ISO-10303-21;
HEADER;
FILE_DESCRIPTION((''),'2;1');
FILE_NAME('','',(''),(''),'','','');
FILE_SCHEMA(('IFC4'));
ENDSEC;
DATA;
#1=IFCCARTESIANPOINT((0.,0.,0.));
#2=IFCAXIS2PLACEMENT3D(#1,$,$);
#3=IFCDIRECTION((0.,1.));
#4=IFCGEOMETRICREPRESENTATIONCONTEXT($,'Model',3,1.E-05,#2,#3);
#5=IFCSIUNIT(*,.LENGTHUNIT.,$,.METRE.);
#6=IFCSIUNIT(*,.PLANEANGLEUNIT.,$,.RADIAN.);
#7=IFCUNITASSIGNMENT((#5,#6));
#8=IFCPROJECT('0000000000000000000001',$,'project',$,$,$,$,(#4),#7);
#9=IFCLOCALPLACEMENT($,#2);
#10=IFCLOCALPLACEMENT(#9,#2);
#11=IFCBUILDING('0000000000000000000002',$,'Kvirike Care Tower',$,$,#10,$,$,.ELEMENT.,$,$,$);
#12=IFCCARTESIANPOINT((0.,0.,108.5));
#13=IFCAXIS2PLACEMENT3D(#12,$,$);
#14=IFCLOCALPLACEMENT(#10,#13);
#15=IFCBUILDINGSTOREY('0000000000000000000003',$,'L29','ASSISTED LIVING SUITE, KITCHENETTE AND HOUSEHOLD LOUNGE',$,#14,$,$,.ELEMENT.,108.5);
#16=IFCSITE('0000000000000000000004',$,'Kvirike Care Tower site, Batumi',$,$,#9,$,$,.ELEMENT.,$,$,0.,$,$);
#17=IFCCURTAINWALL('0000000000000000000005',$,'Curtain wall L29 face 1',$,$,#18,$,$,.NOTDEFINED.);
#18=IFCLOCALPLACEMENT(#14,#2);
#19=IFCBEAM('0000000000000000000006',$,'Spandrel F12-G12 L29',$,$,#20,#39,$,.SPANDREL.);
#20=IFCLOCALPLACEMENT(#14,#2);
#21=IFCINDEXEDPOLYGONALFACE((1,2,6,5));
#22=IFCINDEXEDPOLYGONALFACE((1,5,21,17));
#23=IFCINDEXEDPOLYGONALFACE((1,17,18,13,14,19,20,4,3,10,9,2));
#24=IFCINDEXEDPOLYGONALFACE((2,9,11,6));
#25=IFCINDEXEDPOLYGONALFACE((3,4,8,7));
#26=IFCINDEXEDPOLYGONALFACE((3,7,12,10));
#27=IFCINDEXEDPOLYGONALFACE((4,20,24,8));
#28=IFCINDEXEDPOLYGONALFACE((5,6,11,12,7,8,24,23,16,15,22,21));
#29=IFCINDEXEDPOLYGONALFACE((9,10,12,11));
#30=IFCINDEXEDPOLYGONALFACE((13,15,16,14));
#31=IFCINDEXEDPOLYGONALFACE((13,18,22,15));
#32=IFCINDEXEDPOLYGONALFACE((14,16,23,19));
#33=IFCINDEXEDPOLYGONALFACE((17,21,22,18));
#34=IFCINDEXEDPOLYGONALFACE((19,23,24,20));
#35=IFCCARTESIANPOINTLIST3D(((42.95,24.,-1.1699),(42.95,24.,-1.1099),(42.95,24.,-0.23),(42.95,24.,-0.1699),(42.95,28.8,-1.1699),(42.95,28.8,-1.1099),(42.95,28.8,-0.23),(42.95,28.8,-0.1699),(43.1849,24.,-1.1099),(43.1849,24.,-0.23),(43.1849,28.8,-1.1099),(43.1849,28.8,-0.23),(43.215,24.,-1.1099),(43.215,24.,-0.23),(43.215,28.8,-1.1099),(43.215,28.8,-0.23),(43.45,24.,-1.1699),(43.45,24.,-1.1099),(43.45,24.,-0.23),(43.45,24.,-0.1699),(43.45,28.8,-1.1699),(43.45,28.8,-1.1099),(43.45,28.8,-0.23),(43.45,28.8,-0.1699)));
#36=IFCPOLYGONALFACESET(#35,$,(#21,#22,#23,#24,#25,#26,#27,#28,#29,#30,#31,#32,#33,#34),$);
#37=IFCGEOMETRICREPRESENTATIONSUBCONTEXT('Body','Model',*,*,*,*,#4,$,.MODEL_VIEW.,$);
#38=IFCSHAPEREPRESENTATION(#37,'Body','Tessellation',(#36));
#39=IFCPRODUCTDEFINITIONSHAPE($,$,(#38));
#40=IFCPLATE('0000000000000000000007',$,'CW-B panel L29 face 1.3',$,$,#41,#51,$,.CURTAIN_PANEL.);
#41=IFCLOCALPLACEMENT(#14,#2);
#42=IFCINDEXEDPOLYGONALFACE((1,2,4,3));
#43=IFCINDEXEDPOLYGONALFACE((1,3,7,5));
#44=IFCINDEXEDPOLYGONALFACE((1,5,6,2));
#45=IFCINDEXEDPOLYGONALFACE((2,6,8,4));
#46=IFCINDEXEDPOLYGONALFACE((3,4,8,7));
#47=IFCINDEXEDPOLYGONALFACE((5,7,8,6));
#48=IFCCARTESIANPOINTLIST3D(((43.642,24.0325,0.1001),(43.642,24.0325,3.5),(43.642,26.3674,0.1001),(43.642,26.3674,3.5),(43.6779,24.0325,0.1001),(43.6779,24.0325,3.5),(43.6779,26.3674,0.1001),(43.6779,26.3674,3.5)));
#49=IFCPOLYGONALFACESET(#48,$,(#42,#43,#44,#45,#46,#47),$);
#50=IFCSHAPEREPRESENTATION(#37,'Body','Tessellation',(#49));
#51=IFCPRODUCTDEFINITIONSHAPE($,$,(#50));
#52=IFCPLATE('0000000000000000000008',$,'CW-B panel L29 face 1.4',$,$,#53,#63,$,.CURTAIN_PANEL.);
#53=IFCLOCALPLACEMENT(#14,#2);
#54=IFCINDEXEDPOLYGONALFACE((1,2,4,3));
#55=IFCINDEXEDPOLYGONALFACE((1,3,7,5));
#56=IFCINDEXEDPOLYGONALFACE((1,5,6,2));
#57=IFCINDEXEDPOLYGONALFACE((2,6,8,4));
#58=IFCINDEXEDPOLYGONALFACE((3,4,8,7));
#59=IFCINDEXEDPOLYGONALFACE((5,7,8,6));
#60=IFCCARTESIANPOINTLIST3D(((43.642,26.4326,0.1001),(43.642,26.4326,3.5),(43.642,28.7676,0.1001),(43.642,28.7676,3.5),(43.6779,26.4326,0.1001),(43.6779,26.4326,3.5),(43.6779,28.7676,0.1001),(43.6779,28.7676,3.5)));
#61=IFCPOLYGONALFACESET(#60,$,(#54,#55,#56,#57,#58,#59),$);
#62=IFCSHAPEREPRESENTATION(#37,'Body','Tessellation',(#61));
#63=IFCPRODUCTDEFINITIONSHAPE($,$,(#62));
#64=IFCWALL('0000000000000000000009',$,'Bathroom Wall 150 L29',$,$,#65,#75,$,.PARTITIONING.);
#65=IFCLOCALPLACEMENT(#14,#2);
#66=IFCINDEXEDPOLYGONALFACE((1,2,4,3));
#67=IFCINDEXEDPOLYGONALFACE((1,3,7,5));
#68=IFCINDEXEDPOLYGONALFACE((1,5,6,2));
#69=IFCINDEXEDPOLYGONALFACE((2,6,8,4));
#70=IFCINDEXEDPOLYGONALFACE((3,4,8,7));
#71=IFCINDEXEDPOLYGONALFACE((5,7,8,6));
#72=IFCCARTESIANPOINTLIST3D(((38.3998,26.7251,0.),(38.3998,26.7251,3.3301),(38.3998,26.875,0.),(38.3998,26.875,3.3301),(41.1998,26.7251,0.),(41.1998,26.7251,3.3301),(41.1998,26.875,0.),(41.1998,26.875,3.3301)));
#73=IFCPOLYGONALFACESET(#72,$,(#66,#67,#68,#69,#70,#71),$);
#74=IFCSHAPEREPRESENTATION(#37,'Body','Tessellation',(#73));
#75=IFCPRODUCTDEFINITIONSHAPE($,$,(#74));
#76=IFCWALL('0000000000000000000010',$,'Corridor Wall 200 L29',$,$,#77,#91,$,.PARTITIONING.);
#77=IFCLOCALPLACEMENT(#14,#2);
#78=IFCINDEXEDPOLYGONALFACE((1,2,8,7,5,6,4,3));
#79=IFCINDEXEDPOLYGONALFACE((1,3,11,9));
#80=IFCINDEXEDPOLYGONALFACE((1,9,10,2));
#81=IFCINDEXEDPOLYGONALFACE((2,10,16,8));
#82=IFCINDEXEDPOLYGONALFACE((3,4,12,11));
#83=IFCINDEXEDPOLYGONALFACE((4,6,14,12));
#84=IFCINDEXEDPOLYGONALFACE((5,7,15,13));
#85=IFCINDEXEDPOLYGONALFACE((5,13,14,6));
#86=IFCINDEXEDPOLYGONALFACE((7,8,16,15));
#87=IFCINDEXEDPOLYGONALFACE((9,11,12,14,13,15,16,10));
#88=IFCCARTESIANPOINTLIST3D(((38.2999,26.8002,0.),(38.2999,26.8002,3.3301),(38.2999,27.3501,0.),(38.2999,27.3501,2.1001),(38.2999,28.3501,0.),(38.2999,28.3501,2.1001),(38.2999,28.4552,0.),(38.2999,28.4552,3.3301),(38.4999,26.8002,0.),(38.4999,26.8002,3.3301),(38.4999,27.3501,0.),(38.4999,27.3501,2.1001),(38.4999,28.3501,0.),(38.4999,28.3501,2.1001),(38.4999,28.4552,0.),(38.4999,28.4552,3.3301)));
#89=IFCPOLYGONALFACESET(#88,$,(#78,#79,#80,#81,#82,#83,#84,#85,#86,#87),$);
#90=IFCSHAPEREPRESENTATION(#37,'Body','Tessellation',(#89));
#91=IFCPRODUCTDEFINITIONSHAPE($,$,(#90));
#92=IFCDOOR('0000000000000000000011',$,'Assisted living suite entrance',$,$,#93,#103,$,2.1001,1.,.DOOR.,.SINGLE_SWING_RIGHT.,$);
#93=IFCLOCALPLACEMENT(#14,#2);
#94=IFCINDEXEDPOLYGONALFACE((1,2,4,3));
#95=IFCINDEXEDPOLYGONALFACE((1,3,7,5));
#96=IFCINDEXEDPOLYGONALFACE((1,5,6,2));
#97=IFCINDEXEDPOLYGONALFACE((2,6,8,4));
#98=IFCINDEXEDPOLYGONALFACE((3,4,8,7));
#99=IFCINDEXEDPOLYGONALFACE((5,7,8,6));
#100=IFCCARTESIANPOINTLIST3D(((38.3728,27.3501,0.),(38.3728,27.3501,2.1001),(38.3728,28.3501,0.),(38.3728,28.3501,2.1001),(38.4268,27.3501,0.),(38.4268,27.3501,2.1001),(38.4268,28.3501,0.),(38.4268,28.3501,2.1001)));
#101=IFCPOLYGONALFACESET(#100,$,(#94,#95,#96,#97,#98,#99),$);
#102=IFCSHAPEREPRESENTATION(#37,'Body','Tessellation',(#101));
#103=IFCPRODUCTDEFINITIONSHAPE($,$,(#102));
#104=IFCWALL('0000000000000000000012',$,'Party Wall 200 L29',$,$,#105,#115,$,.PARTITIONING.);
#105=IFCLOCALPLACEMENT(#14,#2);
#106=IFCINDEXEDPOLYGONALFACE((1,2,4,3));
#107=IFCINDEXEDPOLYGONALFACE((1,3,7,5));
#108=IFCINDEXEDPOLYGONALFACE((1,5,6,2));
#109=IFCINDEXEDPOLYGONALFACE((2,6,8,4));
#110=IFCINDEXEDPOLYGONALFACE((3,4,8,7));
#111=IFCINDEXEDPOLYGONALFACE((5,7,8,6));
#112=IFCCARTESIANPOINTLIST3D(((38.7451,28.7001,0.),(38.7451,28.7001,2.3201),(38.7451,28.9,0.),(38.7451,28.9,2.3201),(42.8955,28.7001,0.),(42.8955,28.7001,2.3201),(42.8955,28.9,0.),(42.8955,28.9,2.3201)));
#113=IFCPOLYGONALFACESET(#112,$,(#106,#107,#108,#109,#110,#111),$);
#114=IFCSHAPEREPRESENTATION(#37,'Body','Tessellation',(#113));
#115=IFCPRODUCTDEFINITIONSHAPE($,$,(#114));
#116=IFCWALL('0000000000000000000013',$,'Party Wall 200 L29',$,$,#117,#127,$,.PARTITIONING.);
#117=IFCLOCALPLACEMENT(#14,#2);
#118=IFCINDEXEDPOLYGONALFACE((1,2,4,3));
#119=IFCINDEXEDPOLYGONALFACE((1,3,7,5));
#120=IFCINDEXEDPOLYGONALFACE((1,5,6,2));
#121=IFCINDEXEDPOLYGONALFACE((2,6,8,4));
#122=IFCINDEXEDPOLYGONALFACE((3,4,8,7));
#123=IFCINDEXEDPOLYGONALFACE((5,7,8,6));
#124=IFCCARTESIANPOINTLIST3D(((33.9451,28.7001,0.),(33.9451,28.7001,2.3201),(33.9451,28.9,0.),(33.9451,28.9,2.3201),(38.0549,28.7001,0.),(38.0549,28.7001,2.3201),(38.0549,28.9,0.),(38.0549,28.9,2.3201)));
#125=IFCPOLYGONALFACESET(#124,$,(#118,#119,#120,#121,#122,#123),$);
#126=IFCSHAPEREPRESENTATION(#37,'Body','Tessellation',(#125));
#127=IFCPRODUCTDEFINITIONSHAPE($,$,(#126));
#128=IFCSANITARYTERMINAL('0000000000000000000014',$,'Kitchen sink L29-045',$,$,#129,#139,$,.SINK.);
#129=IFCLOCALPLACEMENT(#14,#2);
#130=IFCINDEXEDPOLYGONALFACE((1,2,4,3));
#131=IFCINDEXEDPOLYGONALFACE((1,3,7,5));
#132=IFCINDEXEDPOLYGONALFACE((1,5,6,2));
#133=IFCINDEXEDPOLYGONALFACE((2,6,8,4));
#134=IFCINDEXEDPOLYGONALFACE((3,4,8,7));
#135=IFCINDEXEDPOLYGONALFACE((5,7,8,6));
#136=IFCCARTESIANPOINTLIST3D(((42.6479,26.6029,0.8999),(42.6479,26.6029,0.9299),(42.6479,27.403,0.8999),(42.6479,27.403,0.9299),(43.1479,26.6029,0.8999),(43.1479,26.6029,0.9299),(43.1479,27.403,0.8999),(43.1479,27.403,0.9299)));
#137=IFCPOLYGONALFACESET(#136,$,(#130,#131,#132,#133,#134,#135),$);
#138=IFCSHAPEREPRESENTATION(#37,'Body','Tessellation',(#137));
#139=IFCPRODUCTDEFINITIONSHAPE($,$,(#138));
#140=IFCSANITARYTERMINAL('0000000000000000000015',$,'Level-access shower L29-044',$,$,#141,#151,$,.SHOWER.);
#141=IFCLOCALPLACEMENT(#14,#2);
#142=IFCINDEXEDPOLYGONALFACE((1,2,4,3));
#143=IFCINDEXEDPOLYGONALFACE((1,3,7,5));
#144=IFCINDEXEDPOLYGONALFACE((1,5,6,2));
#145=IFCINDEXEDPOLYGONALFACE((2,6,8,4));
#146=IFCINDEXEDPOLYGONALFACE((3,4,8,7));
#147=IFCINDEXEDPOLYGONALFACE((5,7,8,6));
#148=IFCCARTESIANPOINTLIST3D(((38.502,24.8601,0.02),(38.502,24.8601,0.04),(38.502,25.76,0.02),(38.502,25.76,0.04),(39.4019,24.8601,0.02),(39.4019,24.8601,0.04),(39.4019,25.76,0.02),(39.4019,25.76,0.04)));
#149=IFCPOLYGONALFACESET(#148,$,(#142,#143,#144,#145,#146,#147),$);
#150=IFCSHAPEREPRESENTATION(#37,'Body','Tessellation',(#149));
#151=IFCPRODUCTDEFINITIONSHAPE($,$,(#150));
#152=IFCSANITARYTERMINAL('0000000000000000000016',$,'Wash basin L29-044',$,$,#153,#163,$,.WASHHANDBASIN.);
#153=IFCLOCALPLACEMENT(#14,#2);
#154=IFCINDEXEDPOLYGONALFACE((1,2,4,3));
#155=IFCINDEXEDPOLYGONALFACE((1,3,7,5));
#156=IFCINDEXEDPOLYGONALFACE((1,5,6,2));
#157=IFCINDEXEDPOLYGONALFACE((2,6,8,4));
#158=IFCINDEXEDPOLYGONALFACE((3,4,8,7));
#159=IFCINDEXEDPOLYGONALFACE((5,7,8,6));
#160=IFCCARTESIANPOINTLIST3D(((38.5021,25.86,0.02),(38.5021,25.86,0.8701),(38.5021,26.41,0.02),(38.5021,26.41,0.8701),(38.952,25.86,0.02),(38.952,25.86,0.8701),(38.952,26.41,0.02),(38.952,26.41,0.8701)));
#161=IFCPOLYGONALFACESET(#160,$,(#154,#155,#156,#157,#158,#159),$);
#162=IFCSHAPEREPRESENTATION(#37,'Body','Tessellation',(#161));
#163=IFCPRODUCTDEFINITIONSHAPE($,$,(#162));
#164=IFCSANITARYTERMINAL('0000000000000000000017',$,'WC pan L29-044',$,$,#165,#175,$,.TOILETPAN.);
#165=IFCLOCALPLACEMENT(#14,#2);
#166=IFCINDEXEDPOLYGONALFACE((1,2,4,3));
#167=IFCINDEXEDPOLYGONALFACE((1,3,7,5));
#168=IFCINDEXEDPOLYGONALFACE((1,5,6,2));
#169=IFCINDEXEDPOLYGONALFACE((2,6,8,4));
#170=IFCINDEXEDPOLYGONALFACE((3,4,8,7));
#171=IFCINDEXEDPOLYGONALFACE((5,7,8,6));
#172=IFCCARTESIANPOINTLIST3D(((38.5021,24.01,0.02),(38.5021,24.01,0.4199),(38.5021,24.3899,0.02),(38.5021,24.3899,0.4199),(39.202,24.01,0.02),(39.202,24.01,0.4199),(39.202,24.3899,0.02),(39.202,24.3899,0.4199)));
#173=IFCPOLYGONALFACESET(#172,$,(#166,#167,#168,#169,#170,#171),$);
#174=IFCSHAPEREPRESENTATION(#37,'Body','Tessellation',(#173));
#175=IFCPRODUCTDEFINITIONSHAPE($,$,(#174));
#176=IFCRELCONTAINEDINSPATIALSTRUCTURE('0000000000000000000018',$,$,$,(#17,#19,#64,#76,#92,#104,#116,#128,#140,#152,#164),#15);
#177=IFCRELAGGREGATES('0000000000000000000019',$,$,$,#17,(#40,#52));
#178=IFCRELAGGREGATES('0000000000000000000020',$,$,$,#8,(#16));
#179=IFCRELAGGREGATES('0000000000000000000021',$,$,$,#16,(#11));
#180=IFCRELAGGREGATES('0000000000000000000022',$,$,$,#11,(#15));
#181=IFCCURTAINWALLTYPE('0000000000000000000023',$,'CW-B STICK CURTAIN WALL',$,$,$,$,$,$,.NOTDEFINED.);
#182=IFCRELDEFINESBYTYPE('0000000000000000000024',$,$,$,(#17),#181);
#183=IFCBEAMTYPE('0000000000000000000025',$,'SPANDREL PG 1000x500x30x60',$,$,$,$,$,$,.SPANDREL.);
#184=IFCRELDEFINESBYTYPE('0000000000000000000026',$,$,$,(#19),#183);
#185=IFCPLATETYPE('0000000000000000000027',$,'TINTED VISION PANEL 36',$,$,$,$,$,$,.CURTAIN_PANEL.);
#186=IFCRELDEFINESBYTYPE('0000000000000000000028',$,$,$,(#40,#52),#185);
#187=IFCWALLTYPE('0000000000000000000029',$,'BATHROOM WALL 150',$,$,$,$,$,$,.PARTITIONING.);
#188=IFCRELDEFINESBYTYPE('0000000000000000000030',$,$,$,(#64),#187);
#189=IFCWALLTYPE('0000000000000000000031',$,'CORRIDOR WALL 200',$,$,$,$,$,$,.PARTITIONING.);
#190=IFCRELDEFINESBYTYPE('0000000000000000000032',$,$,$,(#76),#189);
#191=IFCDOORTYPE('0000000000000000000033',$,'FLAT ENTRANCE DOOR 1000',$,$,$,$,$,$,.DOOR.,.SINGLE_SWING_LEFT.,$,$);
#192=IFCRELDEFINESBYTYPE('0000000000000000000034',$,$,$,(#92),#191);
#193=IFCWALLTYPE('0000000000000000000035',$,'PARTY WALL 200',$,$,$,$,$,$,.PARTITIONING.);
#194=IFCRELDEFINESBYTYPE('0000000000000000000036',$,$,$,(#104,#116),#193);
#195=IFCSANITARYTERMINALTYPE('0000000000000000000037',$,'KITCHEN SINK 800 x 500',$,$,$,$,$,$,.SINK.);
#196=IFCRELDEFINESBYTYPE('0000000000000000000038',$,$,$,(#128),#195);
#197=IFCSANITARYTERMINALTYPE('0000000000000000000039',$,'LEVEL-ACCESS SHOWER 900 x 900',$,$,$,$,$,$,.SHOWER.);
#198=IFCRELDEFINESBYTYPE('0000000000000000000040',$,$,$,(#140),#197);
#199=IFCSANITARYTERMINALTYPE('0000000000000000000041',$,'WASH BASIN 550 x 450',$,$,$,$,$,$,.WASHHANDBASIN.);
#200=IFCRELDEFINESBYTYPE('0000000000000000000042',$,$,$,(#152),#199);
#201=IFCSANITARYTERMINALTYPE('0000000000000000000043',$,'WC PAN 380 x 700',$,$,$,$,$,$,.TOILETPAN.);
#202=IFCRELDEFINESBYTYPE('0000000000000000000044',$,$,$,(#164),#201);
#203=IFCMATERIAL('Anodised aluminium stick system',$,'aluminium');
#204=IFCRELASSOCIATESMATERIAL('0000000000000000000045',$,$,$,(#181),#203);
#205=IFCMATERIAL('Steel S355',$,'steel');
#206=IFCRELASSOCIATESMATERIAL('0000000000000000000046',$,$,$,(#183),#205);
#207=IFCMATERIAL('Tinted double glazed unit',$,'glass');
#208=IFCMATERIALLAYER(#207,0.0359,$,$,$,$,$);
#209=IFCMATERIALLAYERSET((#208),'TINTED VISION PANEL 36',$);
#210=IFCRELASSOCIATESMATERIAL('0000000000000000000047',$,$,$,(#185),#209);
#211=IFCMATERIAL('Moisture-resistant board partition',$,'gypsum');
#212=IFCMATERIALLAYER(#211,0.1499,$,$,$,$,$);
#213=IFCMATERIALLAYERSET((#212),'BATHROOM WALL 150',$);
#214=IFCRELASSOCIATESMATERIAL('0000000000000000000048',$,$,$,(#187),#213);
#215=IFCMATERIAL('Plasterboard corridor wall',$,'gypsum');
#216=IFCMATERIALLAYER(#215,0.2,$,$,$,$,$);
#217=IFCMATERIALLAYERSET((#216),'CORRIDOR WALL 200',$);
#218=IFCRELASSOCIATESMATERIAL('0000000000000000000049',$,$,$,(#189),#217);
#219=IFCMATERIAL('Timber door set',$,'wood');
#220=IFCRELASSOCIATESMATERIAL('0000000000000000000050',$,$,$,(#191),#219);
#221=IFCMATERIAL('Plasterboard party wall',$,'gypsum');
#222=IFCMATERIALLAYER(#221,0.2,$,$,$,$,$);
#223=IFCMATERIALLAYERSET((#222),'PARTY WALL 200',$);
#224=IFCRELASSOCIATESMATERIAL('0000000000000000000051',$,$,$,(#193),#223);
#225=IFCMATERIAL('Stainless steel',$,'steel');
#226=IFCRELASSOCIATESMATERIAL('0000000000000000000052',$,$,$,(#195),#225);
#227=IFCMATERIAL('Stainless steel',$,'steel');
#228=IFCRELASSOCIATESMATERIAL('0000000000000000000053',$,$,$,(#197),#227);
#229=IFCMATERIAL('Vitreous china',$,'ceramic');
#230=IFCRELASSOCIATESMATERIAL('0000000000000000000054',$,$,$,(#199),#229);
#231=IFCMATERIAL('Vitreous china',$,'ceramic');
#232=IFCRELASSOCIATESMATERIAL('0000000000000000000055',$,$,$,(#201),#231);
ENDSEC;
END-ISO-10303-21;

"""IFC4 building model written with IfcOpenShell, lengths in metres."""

from ifc_helpers import new_model, si_unit, direction, frame, frame_2d, origin, origin_2d, place, context, subcontext, project, spatial, rectangle, i_section, extrude, material, layer, layer_set, material_profile, profile_set, type_object, element, fill, aggregate, save


model = new_model("IFC4")

# Units and contexts
model_context = context("Model", 3, precision=1e-05, world=origin(), true_north=direction((0.0, 1.0)))
body_context = subcontext(model_context, "Body", "Model", "MODEL_VIEW")
ifc_project = project(units=[si_unit("LENGTHUNIT", "METRE"), si_unit("PLANEANGLEUNIT", "RADIAN")], contexts=[model_context])

# Site, building, storey
site_placement = place(None, origin())
site = spatial("IfcSite", under=ifc_project, at=site_placement, Name="Kvirike Care Tower site, Batumi", CompositionType="ELEMENT", RefElevation=0.0)
building_placement = place(site_placement, origin())
building = spatial("IfcBuilding", under=site, at=building_placement, Name="Kvirike Care Tower", CompositionType="ELEMENT")
storey_placement = place(building_placement, frame((0.0, 0.0, 108.5)))
storey = spatial("IfcBuildingStorey", under=building, at=storey_placement, Name="L29", Description="ASSISTED LIVING SUITE, KITCHENETTE AND HOUSEHOLD LOUNGE", CompositionType="ELEMENT", Elevation=108.5)

# Curtain wall
ifc_material_1 = material(Name="Anodised aluminium stick system", Category="aluminium")
curtain_wall_type = type_object("IfcCurtainWallType", Name="CW-B STICK CURTAIN WALL", PredefinedType="NOTDEFINED", material=ifc_material_1)
curtain_wall_placement = place(storey_placement, origin())
curtain_wall = element("IfcCurtainWall", 1, at=curtain_wall_placement, inside=storey, type_object=curtain_wall_type, Name="Curtain wall L29 face 1", PredefinedType="NOTDEFINED")

# Beam
ifc_material_2 = material(Name="Steel S355", Category="steel")
ifc_material_profile_1 = material_profile(ifc_material_2, i_section(OverallWidth=0.5, OverallDepth=1.0, WebThickness=0.03, FlangeThickness=0.0601, at=origin_2d()), Name="PG 1000x500x30x60")
ifc_profile_set_1 = profile_set([ifc_material_profile_1], Name="Steel S355")
beam_type_1 = type_object("IfcBeamType", Name="SPANDREL PG 1000x500x30x60", PredefinedType="SPANDREL", material=ifc_profile_set_1)
beam_1_placement = place(storey_placement, frame((43.2, 24.0, -0.6699), z_axis=(0.0, 1.0, 0.0), x_axis=(-1.0, 0.0, 0.0)))
element("IfcBeam", 2, at=beam_1_placement, inside=storey, type_object=beam_type_1, Name="Spandrel F12-G12 L29", PredefinedType="SPANDREL", context=body_context, shape_type="SweptSolid", body=[
    extrude(i_section(OverallWidth=0.5, OverallDepth=1.0, WebThickness=0.03, FlangeThickness=0.0601, at=origin_2d()), origin(), (0.0, 0.0, 1.0), 4.8),
])

# Plates
ifc_material_3 = material(Name="Tinted double glazed unit", Category="glass")
ifc_layer_1 = layer(ifc_material_3, 0.0359)
ifc_layer_set_1 = layer_set([ifc_layer_1], Name="TINTED VISION PANEL 36")
plate_type = type_object("IfcPlateType", Name="TINTED VISION PANEL 36", PredefinedType="CURTAIN_PANEL", material=ifc_layer_set_1)
plate_1_placement = place(storey_placement, frame((43.6599, 25.2, 0.1001), z_axis=(0.0, 0.0, 1.0), x_axis=(0.0, 1.0, 0.0)))
plate_1 = element("IfcPlate", 3, at=plate_1_placement, type_object=plate_type, Name="CW-B panel L29 face 1.3", PredefinedType="CURTAIN_PANEL", context=body_context, shape_type="SweptSolid", body=[
    extrude(rectangle(XDim=2.335, YDim=0.0359, at=origin_2d()), origin(), (0.0, 0.0, 1.0), 3.3999),
])
plate_2_placement = place(storey_placement, frame((43.6599, 27.6001, 0.1001), z_axis=(0.0, 0.0, 1.0), x_axis=(0.0, 1.0, 0.0)))
plate_2 = element("IfcPlate", 4, at=plate_2_placement, type_object=plate_type, Name="CW-B panel L29 face 1.4", PredefinedType="CURTAIN_PANEL", context=body_context, shape_type="SweptSolid", body=[
    extrude(rectangle(XDim=2.335, YDim=0.0359, at=origin_2d()), origin(), (0.0, 0.0, 1.0), 3.3999),
])
aggregate(curtain_wall, [plate_1, plate_2])

# Wall
ifc_material_4 = material(Name="Moisture-resistant board partition", Category="gypsum")
ifc_layer_2 = layer(ifc_material_4, 0.1499)
ifc_layer_set_2 = layer_set([ifc_layer_2], Name="BATHROOM WALL 150")
wall_type_1 = type_object("IfcWallType", Name="BATHROOM WALL 150", PredefinedType="PARTITIONING", material=ifc_layer_set_2)
wall_1_placement = place(storey_placement, frame((38.3999, 26.8, 0.0), z_axis=(0.0, 0.0, 1.0), x_axis=(1.0, 0.0, 0.0)))
element("IfcWall", 5, at=wall_1_placement, inside=storey, type_object=wall_type_1, Name="Bathroom Wall 150 L29", PredefinedType="PARTITIONING", context=body_context, shape_type="SweptSolid", body=[
    extrude(rectangle(XDim=2.8, YDim=0.1499, at=frame_2d((1.3999, 0.0))), origin(), (0.0, 0.0, 1.0), 3.3301),
])

# Wall, opening, door
ifc_material_5 = material(Name="Plasterboard corridor wall", Category="gypsum")
ifc_layer_3 = layer(ifc_material_5, 0.2)
ifc_layer_set_3 = layer_set([ifc_layer_3], Name="CORRIDOR WALL 200")
wall_type_2 = type_object("IfcWallType", Name="CORRIDOR WALL 200", PredefinedType="PARTITIONING", material=ifc_layer_set_3)
wall_2_placement = place(storey_placement, frame((38.3999, 26.8, 0.0), z_axis=(0.0, 0.0, 1.0), x_axis=(0.0, 1.0, 0.0)))
wall_2 = element("IfcWall", 6, at=wall_2_placement, inside=storey, type_object=wall_type_2, Name="Corridor Wall 200 L29", PredefinedType="PARTITIONING", context=body_context, shape_type="SweptSolid", body=[
    extrude(rectangle(XDim=1.655, YDim=0.2, at=frame_2d((0.8276, 0.0))), origin(), (0.0, 0.0, 1.0), 3.3301),
])
opening_placement = place(wall_2_placement, frame((0.55, 0.0, 0.0)))
opening = element("IfcOpeningElement", 7, at=opening_placement, cuts=wall_2, PredefinedType="OPENING", context=body_context, shape_type="SweptSolid", body=[
    extrude(rectangle(XDim=1.0, YDim=2.1001, at=frame_2d((0.5, 1.05))), frame((0.0, 0.1106, 0.0), z_axis=(0.0, -1.0, 0.0), x_axis=(1.0, 0.0, 0.0)), (0.0, 0.0, 1.0), 0.2209),
])
ifc_material_6 = material(Name="Timber door set", Category="wood")
door_type = type_object("IfcDoorType", Name="FLAT ENTRANCE DOOR 1000", OperationType="SINGLE_SWING_LEFT", PredefinedType="DOOR", material=ifc_material_6)
door_placement = place(opening_placement, frame((1.0, 0.0, 0.0), z_axis=(0.0, 0.0, 1.0), x_axis=(-1.0, 0.0, 0.0)))
door = element("IfcDoor", 8, at=door_placement, inside=storey, type_object=door_type, Name="Assisted living suite entrance", OperationType="SINGLE_SWING_RIGHT", OverallHeight=2.1001, OverallWidth=1.0, PredefinedType="DOOR", context=body_context, shape_type="SweptSolid", body=[
    extrude(rectangle(XDim=1.0, YDim=2.1001, at=frame_2d((0.5, 1.05))), frame((0.0, 0.0269, 0.0), z_axis=(0.0, -1.0, 0.0), x_axis=(1.0, 0.0, 0.0)), (0.0, 0.0, 1.0), 0.054),
])
fill(opening, door)

# Walls
ifc_material_7 = material(Name="Plasterboard party wall", Category="gypsum")
ifc_layer_4 = layer(ifc_material_7, 0.2)
ifc_layer_set_4 = layer_set([ifc_layer_4], Name="PARTY WALL 200")
wall_type_3 = type_object("IfcWallType", Name="PARTY WALL 200", PredefinedType="PARTITIONING", material=ifc_layer_set_4)
wall_3_placement = place(storey_placement, frame((42.8955, 28.8, 0.0), z_axis=(0.0, 0.0, 1.0), x_axis=(-1.0, 0.0, 0.0)))
element("IfcWall", 9, at=wall_3_placement, inside=storey, type_object=wall_type_3, Name="Party Wall 200 L29", PredefinedType="PARTITIONING", context=body_context, shape_type="SweptSolid", body=[
    extrude(rectangle(XDim=4.1504, YDim=0.2, at=frame_2d((2.0752, 0.0))), origin(), (0.0, 0.0, 1.0), 2.3201),
])
wall_4_placement = place(storey_placement, frame((38.0549, 28.8, 0.0), z_axis=(0.0, 0.0, 1.0), x_axis=(-1.0, 0.0, 0.0)))
element("IfcWall", 10, at=wall_4_placement, inside=storey, type_object=wall_type_3, Name="Party Wall 200 L29", PredefinedType="PARTITIONING", context=body_context, shape_type="SweptSolid", body=[
    extrude(rectangle(XDim=4.1099, YDim=0.2, at=frame_2d((2.0549, 0.0))), origin(), (0.0, 0.0, 1.0), 2.3201),
])

# Sanitary terminals
ifc_material_8 = material(Name="Stainless steel", Category="steel")
sanitary_terminal_type_1 = type_object("IfcSanitaryTerminalType", Name="KITCHEN SINK 800 x 500", PredefinedType="SINK", material=ifc_material_8)
sanitary_terminal_1_placement = place(storey_placement, frame((42.8979, 27.0029, 0.8999), z_axis=(0.0, 0.0, 1.0), x_axis=(0.0, -1.0, 0.0)))
element("IfcSanitaryTerminal", 11, at=sanitary_terminal_1_placement, inside=storey, type_object=sanitary_terminal_type_1, Name="Kitchen sink L29-045", PredefinedType="SINK", context=body_context, shape_type="SweptSolid", body=[
    extrude(rectangle(XDim=0.8, YDim=0.5, at=origin_2d()), origin(), (0.0, 0.0, 1.0), 0.03),
])
ifc_material_9 = material(Name="Stainless steel", Category="steel")
sanitary_terminal_type_2 = type_object("IfcSanitaryTerminalType", Name="LEVEL-ACCESS SHOWER 900 x 900", PredefinedType="SHOWER", material=ifc_material_9)
sanitary_terminal_2_placement = place(storey_placement, frame((38.9519, 25.3101, 0.02), z_axis=(0.0, 0.0, 1.0), x_axis=(0.0, 1.0, 0.0)))
element("IfcSanitaryTerminal", 12, at=sanitary_terminal_2_placement, inside=storey, type_object=sanitary_terminal_type_2, Name="Level-access shower L29-044", PredefinedType="SHOWER", context=body_context, shape_type="SweptSolid", body=[
    extrude(rectangle(XDim=0.8999, YDim=0.8999, at=origin_2d()), origin(), (0.0, 0.0, 1.0), 0.02),
])
ifc_material_10 = material(Name="Vitreous china", Category="ceramic")
sanitary_terminal_type_3 = type_object("IfcSanitaryTerminalType", Name="WASH BASIN 550 x 450", PredefinedType="WASHHANDBASIN", material=ifc_material_10)
sanitary_terminal_3_placement = place(storey_placement, frame((38.7271, 26.135, 0.02), z_axis=(0.0, 0.0, 1.0), x_axis=(0.0, 1.0, 0.0)))
element("IfcSanitaryTerminal", 13, at=sanitary_terminal_3_placement, inside=storey, type_object=sanitary_terminal_type_3, Name="Wash basin L29-044", PredefinedType="WASHHANDBASIN", context=body_context, shape_type="SweptSolid", body=[
    extrude(rectangle(XDim=0.55, YDim=0.45, at=origin_2d()), origin(), (0.0, 0.0, 1.0), 0.8501),
])
ifc_material_11 = material(Name="Vitreous china", Category="ceramic")
sanitary_terminal_type_4 = type_object("IfcSanitaryTerminalType", Name="WC PAN 380 x 700", PredefinedType="TOILETPAN", material=ifc_material_11)
sanitary_terminal_4_placement = place(storey_placement, frame((38.8521, 24.2, 0.02), z_axis=(0.0, 0.0, 1.0), x_axis=(0.0, 1.0, 0.0)))
element("IfcSanitaryTerminal", 14, at=sanitary_terminal_4_placement, inside=storey, type_object=sanitary_terminal_type_4, Name="WC pan L29-044", PredefinedType="TOILETPAN", context=body_context, shape_type="SweptSolid", body=[
    extrude(rectangle(XDim=0.3799, YDim=0.7, at=origin_2d()), origin(), (0.0, 0.0, 1.0), 0.3999),
])

save(model, "model.ifc")
